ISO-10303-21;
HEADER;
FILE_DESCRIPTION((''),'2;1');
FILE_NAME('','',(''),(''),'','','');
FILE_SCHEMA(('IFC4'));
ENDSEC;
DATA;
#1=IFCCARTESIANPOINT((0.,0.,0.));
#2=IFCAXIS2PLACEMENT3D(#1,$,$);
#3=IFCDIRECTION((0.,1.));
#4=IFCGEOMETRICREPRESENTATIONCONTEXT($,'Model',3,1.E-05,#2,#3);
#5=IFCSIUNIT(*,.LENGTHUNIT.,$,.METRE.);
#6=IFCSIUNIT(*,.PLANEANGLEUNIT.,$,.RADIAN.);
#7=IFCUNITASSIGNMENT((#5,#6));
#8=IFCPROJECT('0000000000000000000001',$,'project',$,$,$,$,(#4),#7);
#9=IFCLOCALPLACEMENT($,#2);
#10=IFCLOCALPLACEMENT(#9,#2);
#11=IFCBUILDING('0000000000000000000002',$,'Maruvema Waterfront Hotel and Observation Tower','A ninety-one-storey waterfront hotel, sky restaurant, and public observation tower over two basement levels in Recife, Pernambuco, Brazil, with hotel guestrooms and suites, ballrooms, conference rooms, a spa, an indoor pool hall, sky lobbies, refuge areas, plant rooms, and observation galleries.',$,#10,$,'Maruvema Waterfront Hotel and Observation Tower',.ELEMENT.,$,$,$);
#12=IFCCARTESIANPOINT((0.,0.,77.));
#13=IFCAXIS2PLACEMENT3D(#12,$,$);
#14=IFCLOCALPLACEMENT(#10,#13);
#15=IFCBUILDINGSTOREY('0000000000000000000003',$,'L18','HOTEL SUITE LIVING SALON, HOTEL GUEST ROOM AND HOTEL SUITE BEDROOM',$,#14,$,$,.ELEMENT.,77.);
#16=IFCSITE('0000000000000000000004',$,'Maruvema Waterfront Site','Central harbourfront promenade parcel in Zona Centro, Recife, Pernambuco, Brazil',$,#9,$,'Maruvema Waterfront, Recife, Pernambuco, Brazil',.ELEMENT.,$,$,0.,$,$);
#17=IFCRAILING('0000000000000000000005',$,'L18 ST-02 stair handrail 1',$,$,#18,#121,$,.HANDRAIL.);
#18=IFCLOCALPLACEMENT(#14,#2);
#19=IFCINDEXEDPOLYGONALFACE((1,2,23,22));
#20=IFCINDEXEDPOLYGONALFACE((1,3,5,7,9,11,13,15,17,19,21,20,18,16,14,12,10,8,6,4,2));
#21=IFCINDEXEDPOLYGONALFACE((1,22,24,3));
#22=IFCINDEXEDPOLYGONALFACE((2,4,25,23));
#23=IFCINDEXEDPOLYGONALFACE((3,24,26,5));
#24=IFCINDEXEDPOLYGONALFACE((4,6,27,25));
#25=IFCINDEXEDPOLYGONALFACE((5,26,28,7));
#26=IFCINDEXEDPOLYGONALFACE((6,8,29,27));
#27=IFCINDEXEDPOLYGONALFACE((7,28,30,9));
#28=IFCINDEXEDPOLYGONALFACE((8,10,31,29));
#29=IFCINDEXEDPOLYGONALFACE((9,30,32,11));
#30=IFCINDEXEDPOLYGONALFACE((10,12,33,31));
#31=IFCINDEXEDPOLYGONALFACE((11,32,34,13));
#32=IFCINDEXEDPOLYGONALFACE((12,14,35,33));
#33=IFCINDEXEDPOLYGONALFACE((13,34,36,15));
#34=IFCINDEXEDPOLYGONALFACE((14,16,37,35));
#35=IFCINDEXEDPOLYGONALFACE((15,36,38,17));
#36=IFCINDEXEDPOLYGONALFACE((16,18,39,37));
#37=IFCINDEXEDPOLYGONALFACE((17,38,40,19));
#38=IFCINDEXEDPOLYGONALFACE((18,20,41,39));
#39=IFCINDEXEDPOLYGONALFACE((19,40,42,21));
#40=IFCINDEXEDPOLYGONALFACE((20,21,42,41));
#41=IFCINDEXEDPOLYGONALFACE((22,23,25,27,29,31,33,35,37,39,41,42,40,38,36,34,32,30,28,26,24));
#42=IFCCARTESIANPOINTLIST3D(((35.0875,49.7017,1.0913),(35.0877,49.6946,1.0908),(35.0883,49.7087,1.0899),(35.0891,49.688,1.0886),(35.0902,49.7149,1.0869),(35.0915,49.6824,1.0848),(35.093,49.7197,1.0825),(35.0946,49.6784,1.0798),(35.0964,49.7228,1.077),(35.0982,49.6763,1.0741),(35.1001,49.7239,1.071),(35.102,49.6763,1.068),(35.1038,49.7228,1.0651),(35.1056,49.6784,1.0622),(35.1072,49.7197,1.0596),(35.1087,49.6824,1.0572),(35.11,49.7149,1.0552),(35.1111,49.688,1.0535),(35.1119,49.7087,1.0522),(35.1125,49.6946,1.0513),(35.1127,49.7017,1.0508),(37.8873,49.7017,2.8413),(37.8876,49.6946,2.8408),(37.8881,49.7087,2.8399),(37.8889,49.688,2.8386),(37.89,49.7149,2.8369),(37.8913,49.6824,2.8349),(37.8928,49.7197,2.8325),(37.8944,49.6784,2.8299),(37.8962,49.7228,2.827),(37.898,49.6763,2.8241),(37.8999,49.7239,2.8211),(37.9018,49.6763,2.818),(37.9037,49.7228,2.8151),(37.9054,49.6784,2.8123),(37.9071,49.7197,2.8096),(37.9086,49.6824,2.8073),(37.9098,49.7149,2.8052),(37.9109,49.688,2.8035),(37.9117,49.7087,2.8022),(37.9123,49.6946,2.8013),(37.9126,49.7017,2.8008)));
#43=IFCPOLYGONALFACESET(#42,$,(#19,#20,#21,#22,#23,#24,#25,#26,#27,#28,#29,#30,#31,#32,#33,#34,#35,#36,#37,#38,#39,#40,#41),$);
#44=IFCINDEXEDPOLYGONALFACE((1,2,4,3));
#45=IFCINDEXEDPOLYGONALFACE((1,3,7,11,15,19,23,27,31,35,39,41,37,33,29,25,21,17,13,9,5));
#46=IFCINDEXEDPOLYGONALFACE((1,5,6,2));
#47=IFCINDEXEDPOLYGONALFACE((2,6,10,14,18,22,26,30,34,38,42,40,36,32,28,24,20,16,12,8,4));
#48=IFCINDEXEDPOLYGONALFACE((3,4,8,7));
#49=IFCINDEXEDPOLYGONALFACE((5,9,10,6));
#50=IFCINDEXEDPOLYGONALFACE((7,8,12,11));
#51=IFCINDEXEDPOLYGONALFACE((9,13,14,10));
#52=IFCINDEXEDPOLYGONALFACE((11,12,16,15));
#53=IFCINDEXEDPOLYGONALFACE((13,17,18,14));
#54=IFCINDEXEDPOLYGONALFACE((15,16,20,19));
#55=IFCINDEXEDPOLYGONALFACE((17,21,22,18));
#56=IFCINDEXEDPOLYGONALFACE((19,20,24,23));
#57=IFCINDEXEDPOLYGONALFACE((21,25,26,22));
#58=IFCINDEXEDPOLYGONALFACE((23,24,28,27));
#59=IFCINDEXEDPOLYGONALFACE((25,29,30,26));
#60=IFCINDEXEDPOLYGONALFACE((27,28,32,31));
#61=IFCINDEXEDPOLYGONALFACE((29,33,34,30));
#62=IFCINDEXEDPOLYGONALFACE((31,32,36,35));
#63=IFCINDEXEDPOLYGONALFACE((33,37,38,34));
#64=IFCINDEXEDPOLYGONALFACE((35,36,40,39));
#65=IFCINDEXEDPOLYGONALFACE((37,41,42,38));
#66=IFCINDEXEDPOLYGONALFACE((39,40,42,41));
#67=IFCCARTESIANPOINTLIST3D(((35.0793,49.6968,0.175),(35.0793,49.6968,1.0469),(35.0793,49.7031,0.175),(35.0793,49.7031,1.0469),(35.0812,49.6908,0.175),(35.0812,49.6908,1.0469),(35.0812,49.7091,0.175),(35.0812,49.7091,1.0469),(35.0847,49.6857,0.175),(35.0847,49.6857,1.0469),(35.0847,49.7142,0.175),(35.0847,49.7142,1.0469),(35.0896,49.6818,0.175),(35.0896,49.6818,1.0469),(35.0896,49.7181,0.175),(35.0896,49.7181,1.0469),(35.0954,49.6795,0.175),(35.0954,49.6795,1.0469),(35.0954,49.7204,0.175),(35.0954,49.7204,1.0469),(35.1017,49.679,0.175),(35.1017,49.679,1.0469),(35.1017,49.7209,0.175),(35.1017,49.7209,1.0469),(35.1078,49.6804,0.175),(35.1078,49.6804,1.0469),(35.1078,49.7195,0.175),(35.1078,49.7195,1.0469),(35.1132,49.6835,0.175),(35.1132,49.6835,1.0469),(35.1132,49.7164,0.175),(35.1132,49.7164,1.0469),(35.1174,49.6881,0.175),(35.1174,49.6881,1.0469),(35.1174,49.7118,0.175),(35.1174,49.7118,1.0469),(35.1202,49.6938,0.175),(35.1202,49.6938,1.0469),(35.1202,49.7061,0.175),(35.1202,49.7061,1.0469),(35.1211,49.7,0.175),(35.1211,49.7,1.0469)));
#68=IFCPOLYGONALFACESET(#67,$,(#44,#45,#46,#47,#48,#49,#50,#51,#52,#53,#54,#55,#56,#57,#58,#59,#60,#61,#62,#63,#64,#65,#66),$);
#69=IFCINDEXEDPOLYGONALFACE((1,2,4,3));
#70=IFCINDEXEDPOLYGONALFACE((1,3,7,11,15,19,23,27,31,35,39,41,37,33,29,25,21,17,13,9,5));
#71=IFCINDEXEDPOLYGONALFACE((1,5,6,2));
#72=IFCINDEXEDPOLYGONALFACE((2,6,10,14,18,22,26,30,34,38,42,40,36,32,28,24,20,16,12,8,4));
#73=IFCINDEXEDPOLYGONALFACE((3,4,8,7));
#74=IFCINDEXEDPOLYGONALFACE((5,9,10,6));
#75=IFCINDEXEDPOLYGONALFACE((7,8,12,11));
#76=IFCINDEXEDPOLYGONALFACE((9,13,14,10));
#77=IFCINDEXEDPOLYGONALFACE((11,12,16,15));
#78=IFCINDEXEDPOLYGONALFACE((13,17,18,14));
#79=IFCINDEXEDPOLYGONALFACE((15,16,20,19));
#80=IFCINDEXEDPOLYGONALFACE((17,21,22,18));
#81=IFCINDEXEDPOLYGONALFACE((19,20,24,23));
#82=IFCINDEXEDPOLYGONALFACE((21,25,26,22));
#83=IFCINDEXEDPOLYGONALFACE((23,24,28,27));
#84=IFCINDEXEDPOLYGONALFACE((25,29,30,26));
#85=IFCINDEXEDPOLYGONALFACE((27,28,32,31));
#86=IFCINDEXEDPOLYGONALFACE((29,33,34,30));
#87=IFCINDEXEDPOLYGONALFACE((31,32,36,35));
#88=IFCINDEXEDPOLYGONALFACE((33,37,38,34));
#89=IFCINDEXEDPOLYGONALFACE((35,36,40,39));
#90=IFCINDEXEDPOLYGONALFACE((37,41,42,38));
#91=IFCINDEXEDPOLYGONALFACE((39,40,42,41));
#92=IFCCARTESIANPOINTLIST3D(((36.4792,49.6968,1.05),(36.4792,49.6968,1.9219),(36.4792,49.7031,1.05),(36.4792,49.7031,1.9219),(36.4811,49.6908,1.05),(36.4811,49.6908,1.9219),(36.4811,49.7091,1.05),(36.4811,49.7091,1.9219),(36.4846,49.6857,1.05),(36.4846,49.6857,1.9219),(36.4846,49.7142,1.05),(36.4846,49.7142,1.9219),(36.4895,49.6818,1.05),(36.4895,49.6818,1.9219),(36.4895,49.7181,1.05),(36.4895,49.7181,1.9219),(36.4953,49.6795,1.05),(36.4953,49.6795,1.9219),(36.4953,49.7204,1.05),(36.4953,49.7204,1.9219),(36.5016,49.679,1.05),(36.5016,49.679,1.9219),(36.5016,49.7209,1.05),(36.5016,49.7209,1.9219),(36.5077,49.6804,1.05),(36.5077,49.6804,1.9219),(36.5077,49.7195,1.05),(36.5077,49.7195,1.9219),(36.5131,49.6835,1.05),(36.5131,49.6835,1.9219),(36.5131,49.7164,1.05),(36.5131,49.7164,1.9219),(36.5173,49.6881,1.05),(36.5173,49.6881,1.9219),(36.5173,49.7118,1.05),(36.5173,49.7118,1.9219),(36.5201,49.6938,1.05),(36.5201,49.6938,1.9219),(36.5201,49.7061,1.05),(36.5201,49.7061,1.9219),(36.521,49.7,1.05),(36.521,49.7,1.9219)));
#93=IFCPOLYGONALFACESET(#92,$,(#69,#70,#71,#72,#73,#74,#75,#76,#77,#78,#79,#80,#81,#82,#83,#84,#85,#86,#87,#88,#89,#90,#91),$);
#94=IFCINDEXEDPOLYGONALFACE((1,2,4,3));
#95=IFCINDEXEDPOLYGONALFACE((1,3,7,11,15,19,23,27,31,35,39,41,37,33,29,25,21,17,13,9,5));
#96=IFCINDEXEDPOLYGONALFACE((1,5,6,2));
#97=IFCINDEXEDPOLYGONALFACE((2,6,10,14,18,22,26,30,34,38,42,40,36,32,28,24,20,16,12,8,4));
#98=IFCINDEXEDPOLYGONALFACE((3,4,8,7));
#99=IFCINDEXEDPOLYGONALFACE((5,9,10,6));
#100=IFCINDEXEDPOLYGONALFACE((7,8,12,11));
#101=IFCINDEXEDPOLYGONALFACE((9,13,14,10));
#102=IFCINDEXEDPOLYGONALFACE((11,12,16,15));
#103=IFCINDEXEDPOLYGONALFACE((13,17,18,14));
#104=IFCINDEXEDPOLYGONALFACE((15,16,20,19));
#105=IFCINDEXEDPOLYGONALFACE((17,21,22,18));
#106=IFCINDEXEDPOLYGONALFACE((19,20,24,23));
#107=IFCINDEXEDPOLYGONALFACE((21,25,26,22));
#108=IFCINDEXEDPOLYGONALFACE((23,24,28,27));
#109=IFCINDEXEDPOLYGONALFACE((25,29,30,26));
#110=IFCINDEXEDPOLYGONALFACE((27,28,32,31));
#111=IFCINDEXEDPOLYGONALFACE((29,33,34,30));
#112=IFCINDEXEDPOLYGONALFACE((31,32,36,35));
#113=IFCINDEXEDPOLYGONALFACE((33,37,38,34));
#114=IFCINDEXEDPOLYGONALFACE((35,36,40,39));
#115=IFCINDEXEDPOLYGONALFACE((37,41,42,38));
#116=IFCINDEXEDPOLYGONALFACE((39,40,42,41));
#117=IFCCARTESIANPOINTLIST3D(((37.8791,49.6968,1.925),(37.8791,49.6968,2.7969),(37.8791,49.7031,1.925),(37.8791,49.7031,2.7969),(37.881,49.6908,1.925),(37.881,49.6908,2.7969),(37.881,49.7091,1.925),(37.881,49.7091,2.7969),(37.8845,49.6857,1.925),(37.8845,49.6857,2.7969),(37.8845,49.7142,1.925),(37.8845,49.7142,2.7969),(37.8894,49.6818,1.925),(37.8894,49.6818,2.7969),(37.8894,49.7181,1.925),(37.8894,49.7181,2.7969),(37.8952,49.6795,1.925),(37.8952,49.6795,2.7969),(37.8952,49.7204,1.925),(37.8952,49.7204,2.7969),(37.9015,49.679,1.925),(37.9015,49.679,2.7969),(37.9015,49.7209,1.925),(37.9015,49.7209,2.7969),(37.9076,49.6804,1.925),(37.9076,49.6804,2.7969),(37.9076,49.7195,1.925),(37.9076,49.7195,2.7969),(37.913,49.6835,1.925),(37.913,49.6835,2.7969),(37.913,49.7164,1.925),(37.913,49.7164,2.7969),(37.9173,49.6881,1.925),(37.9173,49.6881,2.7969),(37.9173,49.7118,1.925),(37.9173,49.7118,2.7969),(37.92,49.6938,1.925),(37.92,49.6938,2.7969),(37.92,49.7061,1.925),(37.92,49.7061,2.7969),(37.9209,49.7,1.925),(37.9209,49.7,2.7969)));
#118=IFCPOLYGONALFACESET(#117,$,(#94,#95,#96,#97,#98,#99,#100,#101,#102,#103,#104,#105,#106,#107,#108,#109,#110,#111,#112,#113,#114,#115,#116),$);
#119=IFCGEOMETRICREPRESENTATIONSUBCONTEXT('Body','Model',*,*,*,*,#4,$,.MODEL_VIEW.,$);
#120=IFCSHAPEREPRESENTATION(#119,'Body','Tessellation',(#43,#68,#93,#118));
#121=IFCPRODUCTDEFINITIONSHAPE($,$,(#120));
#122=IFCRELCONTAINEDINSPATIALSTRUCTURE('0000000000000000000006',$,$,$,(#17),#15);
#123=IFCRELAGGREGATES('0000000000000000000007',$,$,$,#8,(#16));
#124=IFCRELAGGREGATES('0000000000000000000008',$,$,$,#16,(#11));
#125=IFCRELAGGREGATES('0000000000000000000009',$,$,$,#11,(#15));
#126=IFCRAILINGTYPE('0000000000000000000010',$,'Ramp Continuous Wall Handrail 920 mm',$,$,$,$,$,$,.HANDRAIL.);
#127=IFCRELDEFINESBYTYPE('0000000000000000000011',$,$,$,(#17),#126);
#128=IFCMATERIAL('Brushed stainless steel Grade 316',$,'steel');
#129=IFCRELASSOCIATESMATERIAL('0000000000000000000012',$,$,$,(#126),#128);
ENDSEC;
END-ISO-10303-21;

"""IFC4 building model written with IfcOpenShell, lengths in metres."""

from ifc_helpers import new_model, si_unit, direction, frame, origin, origin_2d, place, context, subcontext, project, spatial, circle, extrude, material, type_object, element, save


model = new_model("IFC4")

# Units and contexts
model_context = context("Model", 3, precision=1e-05, world=origin(), true_north=direction((0.0, 1.0)))
body_context = subcontext(model_context, "Body", "Model", "MODEL_VIEW")
ifc_project = project(units=[si_unit("LENGTHUNIT", "METRE"), si_unit("PLANEANGLEUNIT", "RADIAN")], contexts=[model_context])

# Site, building, storey
site_placement = place(None, origin())
site = spatial("IfcSite", under=ifc_project, at=site_placement, Name="Maruvema Waterfront Site", Description="Central harbourfront promenade parcel in Zona Centro, Recife, Pernambuco, Brazil", LongName="Maruvema Waterfront, Recife, Pernambuco, Brazil", CompositionType="ELEMENT", RefElevation=0.0)
building_placement = place(site_placement, origin())
building = spatial("IfcBuilding", under=site, at=building_placement, Name="Maruvema Waterfront Hotel and Observation Tower", Description="A ninety-one-storey waterfront hotel, sky restaurant, and public observation tower over two basement levels in Recife, Pernambuco, Brazil, with hotel guestrooms and suites, ballrooms, conference rooms, a spa, an indoor pool hall, sky lobbies, refuge areas, plant rooms, and observation galleries.", LongName="Maruvema Waterfront Hotel and Observation Tower", CompositionType="ELEMENT")
storey_placement = place(building_placement, frame((0.0, 0.0, 77.0)))
storey = spatial("IfcBuildingStorey", under=building, at=storey_placement, Name="L18", Description="HOTEL SUITE LIVING SALON, HOTEL GUEST ROOM AND HOTEL SUITE BEDROOM", CompositionType="ELEMENT", Elevation=77.0)

# Railing
ifc_material_1 = material(Name="Brushed stainless steel Grade 316", Category="steel")
railing_type_1 = type_object("IfcRailingType", Name="Ramp Continuous Wall Handrail 920 mm", PredefinedType="HANDRAIL", material=ifc_material_1)
railing_1_placement = place(storey_placement, frame((35.1001, 49.7, 0.175)))
element("IfcRailing", 1, at=railing_1_placement, inside=storey, type_object=railing_type_1, Name="L18 ST-02 stair handrail 1", PredefinedType="HANDRAIL", context=body_context, shape_type="SweptSolid", body=[
    extrude(circle(Radius=0.0239, at=origin_2d()), frame((0.0, 0.0, 0.896), z_axis=(0.847982, 0.0, 0.530026), x_axis=(0.0, 1.0, 0.0)), (0.0, 0.0, 1.0), 3.3018),
    extrude(circle(Radius=0.021, at=origin_2d()), origin(), (0.0, 0.0, 1.0), 0.8718),
    extrude(circle(Radius=0.021, at=origin_2d()), frame((1.3999, 0.0, 0.875)), (0.0, 0.0, 1.0), 0.8718),
    extrude(circle(Radius=0.021, at=origin_2d()), frame((2.7998, 0.0, 1.75)), (0.0, 0.0, 1.0), 0.8718),
])

save(model, "model.ifc")
